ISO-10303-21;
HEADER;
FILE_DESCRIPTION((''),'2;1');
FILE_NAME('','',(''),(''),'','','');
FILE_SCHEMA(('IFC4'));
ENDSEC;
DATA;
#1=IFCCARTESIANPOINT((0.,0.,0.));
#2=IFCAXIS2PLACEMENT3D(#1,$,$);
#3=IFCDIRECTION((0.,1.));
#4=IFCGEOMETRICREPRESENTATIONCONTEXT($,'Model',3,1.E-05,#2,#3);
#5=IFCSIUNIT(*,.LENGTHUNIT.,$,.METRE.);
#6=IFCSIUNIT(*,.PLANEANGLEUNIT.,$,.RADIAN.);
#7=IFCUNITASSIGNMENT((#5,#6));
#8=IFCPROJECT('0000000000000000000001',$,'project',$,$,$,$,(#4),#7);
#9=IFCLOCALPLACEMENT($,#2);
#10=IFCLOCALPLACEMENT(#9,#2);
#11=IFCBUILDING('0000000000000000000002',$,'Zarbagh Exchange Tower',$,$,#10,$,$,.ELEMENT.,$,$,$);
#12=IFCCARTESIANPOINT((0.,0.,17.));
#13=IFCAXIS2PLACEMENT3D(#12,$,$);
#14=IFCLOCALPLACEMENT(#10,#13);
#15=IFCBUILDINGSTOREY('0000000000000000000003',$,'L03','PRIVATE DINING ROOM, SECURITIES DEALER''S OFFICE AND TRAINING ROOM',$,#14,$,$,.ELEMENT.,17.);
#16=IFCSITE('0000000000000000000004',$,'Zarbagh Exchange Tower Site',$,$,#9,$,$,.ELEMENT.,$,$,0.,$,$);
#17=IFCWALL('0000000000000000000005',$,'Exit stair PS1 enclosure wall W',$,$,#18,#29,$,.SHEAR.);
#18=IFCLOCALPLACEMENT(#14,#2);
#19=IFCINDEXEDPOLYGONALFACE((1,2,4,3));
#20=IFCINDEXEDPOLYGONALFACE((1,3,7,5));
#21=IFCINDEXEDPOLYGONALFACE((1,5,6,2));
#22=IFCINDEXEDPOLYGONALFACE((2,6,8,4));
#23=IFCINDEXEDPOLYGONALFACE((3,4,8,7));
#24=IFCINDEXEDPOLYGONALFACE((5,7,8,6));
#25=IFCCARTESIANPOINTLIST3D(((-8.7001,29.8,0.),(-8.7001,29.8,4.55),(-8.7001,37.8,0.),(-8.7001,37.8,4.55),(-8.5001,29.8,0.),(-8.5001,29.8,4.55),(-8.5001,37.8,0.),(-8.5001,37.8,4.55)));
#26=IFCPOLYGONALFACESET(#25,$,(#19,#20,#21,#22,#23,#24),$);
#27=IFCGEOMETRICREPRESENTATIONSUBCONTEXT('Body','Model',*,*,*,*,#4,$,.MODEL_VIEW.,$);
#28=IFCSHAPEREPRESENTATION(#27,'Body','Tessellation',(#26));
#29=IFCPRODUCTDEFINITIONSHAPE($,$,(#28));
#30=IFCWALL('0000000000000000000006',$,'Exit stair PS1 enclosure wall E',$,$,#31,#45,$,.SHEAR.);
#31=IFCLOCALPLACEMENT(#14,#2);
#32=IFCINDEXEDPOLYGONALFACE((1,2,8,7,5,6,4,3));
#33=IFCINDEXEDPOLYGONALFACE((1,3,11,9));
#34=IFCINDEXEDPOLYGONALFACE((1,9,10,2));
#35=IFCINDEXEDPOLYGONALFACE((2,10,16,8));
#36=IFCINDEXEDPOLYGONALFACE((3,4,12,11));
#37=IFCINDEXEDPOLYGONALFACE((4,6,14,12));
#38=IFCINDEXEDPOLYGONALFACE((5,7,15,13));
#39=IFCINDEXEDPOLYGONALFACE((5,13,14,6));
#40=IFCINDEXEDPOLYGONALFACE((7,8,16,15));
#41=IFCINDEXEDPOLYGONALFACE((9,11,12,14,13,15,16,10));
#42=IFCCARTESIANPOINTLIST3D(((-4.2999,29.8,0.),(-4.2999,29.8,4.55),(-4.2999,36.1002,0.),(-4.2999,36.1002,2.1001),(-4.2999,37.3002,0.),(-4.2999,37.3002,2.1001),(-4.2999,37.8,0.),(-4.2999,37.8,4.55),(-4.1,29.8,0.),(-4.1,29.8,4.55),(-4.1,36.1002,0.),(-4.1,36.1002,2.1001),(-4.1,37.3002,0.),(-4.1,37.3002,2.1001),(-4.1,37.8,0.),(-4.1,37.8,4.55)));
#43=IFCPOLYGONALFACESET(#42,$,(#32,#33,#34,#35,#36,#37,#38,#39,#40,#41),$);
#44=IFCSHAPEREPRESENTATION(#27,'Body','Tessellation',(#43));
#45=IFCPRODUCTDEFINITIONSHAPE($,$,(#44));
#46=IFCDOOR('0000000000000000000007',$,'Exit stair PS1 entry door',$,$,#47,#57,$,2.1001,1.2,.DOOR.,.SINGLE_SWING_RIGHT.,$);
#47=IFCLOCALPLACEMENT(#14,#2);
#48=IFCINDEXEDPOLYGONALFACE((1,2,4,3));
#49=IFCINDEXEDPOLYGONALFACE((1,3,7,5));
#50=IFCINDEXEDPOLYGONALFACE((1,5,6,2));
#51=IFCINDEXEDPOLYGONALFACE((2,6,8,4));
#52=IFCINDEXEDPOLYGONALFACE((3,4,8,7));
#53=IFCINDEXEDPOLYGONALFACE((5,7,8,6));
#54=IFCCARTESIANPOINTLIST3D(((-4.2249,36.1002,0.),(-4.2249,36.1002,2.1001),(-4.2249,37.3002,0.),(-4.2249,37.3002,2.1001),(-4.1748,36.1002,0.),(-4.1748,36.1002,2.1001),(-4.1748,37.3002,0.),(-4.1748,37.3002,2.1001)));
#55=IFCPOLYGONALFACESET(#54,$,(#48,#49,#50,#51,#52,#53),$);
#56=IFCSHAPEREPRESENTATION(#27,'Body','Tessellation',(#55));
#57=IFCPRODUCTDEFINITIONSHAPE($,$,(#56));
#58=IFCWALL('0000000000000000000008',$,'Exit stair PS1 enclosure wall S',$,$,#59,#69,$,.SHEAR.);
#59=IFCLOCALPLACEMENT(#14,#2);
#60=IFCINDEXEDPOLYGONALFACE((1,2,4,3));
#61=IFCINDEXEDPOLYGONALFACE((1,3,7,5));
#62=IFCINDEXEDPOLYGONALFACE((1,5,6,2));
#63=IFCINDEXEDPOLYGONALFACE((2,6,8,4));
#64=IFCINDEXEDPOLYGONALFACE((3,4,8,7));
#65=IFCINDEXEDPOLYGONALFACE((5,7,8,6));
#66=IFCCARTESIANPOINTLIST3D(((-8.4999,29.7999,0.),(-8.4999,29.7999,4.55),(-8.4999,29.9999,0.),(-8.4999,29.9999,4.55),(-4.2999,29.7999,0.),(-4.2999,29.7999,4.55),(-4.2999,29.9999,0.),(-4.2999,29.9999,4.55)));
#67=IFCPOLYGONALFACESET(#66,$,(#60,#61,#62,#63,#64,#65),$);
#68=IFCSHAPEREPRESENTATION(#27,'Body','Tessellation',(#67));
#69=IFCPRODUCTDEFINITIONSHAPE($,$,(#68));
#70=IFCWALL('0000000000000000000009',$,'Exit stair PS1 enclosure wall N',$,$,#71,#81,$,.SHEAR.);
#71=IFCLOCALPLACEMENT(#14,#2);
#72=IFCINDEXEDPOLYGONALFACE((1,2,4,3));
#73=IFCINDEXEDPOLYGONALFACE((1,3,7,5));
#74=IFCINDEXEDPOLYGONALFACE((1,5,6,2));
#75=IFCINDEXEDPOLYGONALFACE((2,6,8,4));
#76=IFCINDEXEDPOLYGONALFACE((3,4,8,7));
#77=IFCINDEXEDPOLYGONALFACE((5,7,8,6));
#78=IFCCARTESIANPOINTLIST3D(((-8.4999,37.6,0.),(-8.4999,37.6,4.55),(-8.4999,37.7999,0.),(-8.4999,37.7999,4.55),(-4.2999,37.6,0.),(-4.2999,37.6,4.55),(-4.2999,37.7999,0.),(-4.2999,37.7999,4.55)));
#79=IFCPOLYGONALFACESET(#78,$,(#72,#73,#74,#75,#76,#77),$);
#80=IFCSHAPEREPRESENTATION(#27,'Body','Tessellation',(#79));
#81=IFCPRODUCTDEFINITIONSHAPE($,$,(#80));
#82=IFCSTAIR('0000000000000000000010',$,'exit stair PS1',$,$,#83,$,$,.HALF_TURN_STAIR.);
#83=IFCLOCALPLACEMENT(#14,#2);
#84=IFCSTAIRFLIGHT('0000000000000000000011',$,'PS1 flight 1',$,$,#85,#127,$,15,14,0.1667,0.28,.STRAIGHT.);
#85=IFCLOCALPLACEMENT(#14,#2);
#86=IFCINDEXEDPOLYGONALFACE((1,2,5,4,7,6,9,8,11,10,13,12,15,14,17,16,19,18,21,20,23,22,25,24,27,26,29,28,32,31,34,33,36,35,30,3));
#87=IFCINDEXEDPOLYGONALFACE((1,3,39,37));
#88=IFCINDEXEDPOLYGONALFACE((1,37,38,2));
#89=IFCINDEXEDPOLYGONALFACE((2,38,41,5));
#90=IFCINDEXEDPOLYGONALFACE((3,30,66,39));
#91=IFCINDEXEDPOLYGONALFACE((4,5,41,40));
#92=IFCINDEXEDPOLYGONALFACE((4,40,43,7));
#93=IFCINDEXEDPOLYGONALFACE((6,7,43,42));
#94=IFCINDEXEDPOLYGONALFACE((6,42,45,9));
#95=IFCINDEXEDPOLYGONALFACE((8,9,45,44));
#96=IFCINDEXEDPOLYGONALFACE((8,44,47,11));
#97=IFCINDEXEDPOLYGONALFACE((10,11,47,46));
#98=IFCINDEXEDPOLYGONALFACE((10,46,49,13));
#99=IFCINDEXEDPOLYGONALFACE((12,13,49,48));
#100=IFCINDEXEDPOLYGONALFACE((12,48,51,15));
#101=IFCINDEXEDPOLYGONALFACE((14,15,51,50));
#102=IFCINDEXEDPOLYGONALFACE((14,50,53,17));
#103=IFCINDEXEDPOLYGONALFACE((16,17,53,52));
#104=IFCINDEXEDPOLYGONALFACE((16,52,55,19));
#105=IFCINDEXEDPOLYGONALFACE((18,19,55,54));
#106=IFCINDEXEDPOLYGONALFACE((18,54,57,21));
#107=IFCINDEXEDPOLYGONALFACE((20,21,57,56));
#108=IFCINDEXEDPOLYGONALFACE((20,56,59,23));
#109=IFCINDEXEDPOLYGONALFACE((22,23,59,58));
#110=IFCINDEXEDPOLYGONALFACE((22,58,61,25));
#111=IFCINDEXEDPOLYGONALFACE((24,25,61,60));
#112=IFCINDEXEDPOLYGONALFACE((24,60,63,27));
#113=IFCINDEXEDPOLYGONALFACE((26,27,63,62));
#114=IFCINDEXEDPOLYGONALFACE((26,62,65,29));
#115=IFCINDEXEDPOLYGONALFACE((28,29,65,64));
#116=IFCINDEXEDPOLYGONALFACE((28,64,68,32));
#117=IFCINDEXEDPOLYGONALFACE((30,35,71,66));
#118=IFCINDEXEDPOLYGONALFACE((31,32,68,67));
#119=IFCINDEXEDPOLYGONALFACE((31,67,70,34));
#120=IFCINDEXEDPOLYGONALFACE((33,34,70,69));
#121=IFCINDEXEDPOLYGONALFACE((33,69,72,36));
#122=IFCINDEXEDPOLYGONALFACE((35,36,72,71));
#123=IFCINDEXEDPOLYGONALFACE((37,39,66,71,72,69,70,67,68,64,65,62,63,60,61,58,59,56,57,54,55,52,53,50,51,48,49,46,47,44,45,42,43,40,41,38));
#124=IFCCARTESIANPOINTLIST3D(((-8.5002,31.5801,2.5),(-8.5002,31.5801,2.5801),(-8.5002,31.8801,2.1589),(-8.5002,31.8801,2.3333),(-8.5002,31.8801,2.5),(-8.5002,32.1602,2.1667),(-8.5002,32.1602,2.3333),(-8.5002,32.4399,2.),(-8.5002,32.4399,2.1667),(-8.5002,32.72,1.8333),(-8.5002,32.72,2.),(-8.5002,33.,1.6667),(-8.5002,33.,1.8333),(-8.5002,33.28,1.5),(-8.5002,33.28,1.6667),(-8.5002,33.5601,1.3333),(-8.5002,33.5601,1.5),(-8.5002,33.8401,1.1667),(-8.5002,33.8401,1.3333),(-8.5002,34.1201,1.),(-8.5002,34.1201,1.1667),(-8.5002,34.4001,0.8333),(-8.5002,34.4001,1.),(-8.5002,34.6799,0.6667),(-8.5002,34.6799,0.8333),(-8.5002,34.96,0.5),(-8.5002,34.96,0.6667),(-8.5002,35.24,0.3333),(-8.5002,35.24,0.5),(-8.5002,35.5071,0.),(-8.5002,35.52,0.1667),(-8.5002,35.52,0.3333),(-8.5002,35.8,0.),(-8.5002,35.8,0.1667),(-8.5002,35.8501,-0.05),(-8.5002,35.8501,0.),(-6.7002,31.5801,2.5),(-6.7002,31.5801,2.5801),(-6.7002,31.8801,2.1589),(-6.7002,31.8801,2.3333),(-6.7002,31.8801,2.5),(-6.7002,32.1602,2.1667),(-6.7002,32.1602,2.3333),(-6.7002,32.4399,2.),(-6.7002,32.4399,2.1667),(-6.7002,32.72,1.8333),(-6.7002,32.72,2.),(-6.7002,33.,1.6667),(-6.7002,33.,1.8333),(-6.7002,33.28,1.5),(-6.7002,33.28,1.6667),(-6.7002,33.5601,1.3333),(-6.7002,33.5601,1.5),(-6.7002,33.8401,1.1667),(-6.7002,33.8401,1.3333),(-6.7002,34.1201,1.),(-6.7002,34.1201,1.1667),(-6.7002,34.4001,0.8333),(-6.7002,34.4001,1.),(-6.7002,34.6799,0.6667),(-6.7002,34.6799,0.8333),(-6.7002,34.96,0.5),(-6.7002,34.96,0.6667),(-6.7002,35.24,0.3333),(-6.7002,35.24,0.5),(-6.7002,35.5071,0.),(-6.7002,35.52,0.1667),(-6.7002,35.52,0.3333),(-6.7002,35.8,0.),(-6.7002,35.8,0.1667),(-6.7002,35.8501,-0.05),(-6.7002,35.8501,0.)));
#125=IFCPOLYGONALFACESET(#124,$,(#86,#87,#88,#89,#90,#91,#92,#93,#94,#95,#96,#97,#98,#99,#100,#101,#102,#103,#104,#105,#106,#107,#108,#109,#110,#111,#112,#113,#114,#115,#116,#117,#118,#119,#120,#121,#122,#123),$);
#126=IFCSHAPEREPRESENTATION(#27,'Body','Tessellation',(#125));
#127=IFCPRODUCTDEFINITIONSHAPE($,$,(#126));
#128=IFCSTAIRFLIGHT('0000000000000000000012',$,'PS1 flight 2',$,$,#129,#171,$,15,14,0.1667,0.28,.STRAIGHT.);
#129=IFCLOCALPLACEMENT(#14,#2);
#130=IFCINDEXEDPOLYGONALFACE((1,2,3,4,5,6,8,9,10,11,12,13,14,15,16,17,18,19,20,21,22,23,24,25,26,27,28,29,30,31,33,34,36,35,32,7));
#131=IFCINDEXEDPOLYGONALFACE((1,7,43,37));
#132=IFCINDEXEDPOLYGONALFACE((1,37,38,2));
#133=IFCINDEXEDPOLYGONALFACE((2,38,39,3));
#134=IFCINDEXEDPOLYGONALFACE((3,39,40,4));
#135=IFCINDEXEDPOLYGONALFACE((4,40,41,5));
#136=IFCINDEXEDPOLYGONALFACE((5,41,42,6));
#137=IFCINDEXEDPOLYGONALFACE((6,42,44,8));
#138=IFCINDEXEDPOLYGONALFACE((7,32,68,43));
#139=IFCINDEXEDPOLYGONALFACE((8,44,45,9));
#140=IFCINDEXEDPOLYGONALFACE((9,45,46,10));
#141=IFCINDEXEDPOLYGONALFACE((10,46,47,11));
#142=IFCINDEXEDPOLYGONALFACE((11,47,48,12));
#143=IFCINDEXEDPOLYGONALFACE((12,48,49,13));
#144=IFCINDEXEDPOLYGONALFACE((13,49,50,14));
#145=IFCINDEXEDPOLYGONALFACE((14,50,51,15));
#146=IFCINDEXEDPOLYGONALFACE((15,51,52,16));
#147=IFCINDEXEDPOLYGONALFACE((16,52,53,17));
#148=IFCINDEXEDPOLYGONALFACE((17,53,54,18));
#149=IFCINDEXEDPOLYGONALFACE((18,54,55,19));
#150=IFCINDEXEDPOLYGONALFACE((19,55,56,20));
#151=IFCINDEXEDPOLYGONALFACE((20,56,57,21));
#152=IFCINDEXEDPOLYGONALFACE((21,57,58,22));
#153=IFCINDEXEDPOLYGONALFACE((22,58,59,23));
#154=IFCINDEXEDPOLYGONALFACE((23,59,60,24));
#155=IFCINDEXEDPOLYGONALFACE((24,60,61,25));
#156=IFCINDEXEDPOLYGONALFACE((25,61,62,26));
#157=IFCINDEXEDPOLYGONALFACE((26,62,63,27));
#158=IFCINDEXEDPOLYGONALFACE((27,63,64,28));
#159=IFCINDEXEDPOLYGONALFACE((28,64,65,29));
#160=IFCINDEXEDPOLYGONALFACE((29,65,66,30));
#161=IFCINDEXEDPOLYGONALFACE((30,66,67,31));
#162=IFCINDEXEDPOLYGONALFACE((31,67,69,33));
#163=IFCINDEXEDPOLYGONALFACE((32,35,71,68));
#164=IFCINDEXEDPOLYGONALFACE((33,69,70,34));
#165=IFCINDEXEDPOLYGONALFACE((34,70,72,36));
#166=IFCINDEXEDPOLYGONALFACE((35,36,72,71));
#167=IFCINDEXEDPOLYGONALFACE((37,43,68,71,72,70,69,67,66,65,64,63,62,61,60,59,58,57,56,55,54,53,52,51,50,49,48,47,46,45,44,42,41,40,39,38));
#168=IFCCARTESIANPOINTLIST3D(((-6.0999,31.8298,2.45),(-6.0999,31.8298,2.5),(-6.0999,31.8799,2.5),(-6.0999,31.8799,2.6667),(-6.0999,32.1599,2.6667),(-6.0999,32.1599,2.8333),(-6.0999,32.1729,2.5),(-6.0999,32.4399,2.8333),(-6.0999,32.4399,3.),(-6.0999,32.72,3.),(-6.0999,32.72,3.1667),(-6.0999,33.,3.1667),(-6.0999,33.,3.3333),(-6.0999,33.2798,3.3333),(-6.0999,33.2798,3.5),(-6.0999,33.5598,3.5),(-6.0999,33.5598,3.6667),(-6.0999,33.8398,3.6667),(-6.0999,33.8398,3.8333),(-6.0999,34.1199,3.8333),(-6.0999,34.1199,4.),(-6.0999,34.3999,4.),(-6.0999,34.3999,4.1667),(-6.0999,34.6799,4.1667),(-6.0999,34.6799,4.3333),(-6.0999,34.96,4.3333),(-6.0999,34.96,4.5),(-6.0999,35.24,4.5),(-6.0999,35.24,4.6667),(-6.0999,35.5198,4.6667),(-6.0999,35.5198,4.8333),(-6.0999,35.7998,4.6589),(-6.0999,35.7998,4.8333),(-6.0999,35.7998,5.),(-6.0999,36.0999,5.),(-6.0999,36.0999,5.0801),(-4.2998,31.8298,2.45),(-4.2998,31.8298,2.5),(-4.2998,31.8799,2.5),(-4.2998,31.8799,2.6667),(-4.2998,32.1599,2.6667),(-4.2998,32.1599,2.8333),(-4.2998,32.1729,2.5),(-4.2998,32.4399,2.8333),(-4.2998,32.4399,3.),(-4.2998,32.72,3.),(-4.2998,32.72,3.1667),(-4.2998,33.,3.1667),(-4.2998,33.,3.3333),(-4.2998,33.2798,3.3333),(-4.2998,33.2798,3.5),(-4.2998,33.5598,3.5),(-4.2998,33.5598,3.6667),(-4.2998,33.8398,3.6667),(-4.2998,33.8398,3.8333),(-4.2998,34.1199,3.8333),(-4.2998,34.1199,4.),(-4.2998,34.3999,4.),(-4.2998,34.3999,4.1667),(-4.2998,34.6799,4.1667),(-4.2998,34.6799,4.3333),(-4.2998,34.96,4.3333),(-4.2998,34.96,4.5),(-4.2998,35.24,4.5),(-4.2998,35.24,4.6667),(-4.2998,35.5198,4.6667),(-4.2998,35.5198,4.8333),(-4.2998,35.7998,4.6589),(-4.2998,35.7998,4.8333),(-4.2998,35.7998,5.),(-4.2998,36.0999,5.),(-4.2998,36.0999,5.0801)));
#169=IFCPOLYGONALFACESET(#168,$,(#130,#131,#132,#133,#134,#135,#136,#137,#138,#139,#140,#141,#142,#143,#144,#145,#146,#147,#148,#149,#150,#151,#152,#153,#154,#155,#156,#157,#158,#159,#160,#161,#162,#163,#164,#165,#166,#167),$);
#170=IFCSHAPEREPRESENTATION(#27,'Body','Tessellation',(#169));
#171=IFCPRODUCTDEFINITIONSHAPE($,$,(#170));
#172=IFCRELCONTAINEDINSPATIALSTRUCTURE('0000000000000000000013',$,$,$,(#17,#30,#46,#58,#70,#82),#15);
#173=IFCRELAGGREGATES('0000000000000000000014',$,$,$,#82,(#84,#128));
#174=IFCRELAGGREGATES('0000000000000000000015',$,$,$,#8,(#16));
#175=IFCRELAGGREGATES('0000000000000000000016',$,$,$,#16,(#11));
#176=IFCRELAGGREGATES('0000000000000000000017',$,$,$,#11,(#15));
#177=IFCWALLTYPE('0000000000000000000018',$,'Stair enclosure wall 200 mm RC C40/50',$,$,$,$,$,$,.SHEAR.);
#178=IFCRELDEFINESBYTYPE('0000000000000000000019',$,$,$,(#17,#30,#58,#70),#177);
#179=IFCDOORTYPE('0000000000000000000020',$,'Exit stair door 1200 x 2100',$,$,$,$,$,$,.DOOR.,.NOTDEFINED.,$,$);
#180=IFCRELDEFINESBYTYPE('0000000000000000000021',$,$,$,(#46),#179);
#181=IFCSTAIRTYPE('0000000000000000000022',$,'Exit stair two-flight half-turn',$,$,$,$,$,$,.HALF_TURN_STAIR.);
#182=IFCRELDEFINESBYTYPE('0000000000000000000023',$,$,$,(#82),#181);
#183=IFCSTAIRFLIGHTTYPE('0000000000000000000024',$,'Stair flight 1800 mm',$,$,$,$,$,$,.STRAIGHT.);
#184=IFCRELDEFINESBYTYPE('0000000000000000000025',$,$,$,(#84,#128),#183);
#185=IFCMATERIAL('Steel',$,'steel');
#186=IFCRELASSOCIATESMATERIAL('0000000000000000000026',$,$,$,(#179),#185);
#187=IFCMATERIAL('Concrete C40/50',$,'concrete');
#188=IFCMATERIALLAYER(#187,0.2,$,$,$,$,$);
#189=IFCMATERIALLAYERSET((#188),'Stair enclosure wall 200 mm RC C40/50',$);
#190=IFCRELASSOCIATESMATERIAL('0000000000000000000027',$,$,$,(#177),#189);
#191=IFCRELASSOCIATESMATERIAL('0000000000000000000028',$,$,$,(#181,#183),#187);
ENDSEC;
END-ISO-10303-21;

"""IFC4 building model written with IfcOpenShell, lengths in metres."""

from ifc_helpers import new_model, si_unit, direction, frame, frame_2d, origin, place, context, subcontext, project, spatial, polyline, rectangle, outline, extrude, material, layer, layer_set, type_object, element, fill, aggregate, save


model = new_model("IFC4")

# Units and contexts
model_context = context("Model", 3, precision=1e-05, world=origin(), true_north=direction((0.0, 1.0)))
body_context = subcontext(model_context, "Body", "Model", "MODEL_VIEW")
ifc_project = project(units=[si_unit("LENGTHUNIT", "METRE"), si_unit("PLANEANGLEUNIT", "RADIAN")], contexts=[model_context])

# Site, building, storey
site_placement = place(None, origin())
site = spatial("IfcSite", under=ifc_project, at=site_placement, Name="Zarbagh Exchange Tower Site", CompositionType="ELEMENT", RefElevation=0.0)
building_placement = place(site_placement, origin())
building = spatial("IfcBuilding", under=site, at=building_placement, Name="Zarbagh Exchange Tower", CompositionType="ELEMENT")
storey_placement = place(building_placement, frame((0.0, 0.0, 17.0)))
storey = spatial("IfcBuildingStorey", under=building, at=storey_placement, Name="L03", Description="PRIVATE DINING ROOM, SECURITIES DEALER'S OFFICE AND TRAINING ROOM", CompositionType="ELEMENT", Elevation=17.0)

# Shared definitions
ifc_material_1 = material(Name="Steel", Category="steel")
door_type_1 = type_object("IfcDoorType", Name="Exit stair door 1200 x 2100", OperationType="NOTDEFINED", PredefinedType="DOOR", material=ifc_material_1)

# Wall
ifc_material_2 = material(Name="Concrete C40/50", Category="concrete")
ifc_layer_1 = layer(ifc_material_2, 0.2)
ifc_layer_set_1 = layer_set([ifc_layer_1], Name="Stair enclosure wall 200 mm RC C40/50")
wall_type_1 = type_object("IfcWallType", Name="Stair enclosure wall 200 mm RC C40/50", PredefinedType="SHEAR", material=ifc_layer_set_1)
wall_1_placement = place(storey_placement, frame((-8.6001, 29.8, 0.0), z_axis=(0.0, 0.0, 1.0), x_axis=(0.0, 1.0, 0.0)))
element("IfcWall", 1, at=wall_1_placement, inside=storey, type_object=wall_type_1, Name="Exit stair PS1 enclosure wall W", PredefinedType="SHEAR", context=body_context, shape_type="SweptSolid", body=[
    extrude(rectangle(XDim=8.0, YDim=0.2, at=frame_2d((4.0, 0.0))), origin(), (0.0, 0.0, 1.0), 4.55),
])

# Wall, opening, door
wall_2_placement = place(storey_placement, frame((-4.2, 29.8, 0.0), z_axis=(0.0, 0.0, 1.0), x_axis=(0.0, 1.0, 0.0)))
wall_2 = element("IfcWall", 2, at=wall_2_placement, inside=storey, type_object=wall_type_1, Name="Exit stair PS1 enclosure wall E", PredefinedType="SHEAR", context=body_context, shape_type="SweptSolid", body=[
    extrude(rectangle(XDim=8.0, YDim=0.2, at=frame_2d((4.0, 0.0))), origin(), (0.0, 0.0, 1.0), 4.55),
])
opening_1_placement = place(wall_2_placement, frame((6.3, 0.0, 0.0)))
opening_1 = element("IfcOpeningElement", 3, at=opening_1_placement, cuts=wall_2, PredefinedType="OPENING", context=body_context, shape_type="SweptSolid", body=[
    extrude(rectangle(XDim=1.2, YDim=2.1001, at=frame_2d((0.6001, 1.05))), frame((0.0, 0.1099, 0.0), z_axis=(0.0, -1.0, 0.0), x_axis=(1.0, 0.0, 0.0)), (0.0, 0.0, 1.0), 0.22),
])
door_1_placement = place(opening_1_placement, origin())
door_1 = element("IfcDoor", 4, at=door_1_placement, inside=storey, type_object=door_type_1, Name="Exit stair PS1 entry door", OperationType="SINGLE_SWING_RIGHT", OverallHeight=2.1001, OverallWidth=1.2, PredefinedType="DOOR", context=body_context, shape_type="SweptSolid", body=[
    extrude(rectangle(XDim=1.2, YDim=2.1001, at=frame_2d((0.6001, 1.05))), frame((0.0, 0.0249, 0.0), z_axis=(0.0, -1.0, 0.0), x_axis=(1.0, 0.0, 0.0)), (0.0, 0.0, 1.0), 0.05),
])
fill(opening_1, door_1)

# Walls
for number, where, z_axis, x_axis, name in (
    (5, (-8.5, 29.8999, 0.0), (0.0, 0.0, 1.0), (1.0, 0.0, 0.0), "Exit stair PS1 enclosure wall S"),
    (6, (-8.5, 37.7, 0.0), (0.0, 0.0, 1.0), (1.0, 0.0, 0.0), "Exit stair PS1 enclosure wall N"),
):
    element("IfcWall", number, at=place(storey_placement, frame(where, z_axis=z_axis, x_axis=x_axis)), inside=storey, type_object=wall_type_1, Name=name, PredefinedType="SHEAR", context=body_context, shape_type="SweptSolid", body=[
        extrude(rectangle(XDim=4.2, YDim=0.2, at=frame_2d((2.1001, 0.0))), origin(), (0.0, 0.0, 1.0), 4.55),
    ])

# Stair, stair flights
stair_type = type_object("IfcStairType", Name="Exit stair two-flight half-turn", PredefinedType="HALF_TURN_STAIR", material=ifc_material_2)
stair_placement = place(storey_placement, origin())
stair = element("IfcStair", 7, at=stair_placement, inside=storey, type_object=stair_type, Name="exit stair PS1", PredefinedType="HALF_TURN_STAIR")
stair_flight_type = type_object("IfcStairFlightType", Name="Stair flight 1800 mm", PredefinedType="STRAIGHT", material=ifc_material_2)
stair_flight_1_placement = place(storey_placement, frame((-7.6001, 35.8, 0.0), z_axis=(0.0, 0.0, 1.0), x_axis=(0.0, -1.0, 0.0)))
stair_flight_1 = element("IfcStairFlight", 8, at=stair_flight_1_placement, type_object=stair_flight_type, Name="PS1 flight 1", NumberOfRisers=15, NumberOfTreads=14, PredefinedType="STRAIGHT", RiserHeight=0.1667, TreadLength=0.28, context=body_context, shape_type="SweptSolid", body=[
    extrude(outline(polyline([(-0.05, -0.05), (-0.05, 0.0), (0.0, 0.0), (0.0, 0.1667), (0.28, 0.1667), (0.28, 0.3333), (0.5601, 0.3333), (0.5601, 0.5), (0.8401, 0.5), (0.8401, 0.6667), (1.1201, 0.6667), (1.1201, 0.8333), (1.3999, 0.8333), (1.3999, 1.0), (1.6799, 1.0), (1.6799, 1.1667), (1.96, 1.1667), (1.96, 1.3333), (2.24, 1.3333), (2.24, 1.5), (2.52, 1.5), (2.52, 1.6667), (2.8, 1.6667), (2.8, 1.8333), (3.0801, 1.8333), (3.0801, 2.0), (3.3601, 2.0), (3.3601, 2.1667), (3.6399, 2.1667), (3.6399, 2.3333), (3.9199, 2.3333), (3.9199, 2.5), (4.22, 2.5801), (4.22, 2.5), (3.9199, 2.1589), (0.293, 0.0), (-0.05, -0.05)])), frame((0.0, 0.8999, 0.0), z_axis=(0.0, -1.0, 0.0), x_axis=(1.0, 0.0, 0.0)), (0.0, 0.0, 1.0), 1.8),
])
stair_flight_2_placement = place(storey_placement, frame((-5.2, 31.8799, 2.5), z_axis=(0.0, 0.0, 1.0), x_axis=(0.0, 1.0, 0.0)))
stair_flight_2 = element("IfcStairFlight", 9, at=stair_flight_2_placement, type_object=stair_flight_type, Name="PS1 flight 2", NumberOfRisers=15, NumberOfTreads=14, PredefinedType="STRAIGHT", RiserHeight=0.1667, TreadLength=0.28, context=body_context, shape_type="SweptSolid", body=[
    extrude(outline(polyline([(-0.05, -0.05), (-0.05, 0.0), (0.0, 0.0), (0.0, 0.1667), (0.28, 0.1667), (0.28, 0.3333), (0.5601, 0.3333), (0.5601, 0.5), (0.8401, 0.5), (0.8401, 0.6667), (1.1201, 0.6667), (1.1201, 0.8333), (1.3999, 0.8333), (1.3999, 1.0), (1.6799, 1.0), (1.6799, 1.1667), (1.96, 1.1667), (1.96, 1.3333), (2.24, 1.3333), (2.24, 1.5), (2.52, 1.5), (2.52, 1.6667), (2.8, 1.6667), (2.8, 1.8333), (3.0801, 1.8333), (3.0801, 2.0), (3.3601, 2.0), (3.3601, 2.1667), (3.6399, 2.1667), (3.6399, 2.3333), (3.9199, 2.3333), (3.9199, 2.5), (4.22, 2.5801), (4.22, 2.5), (3.9199, 2.1589), (0.293, 0.0), (-0.05, -0.05)])), frame((0.0, 0.8999, 0.0), z_axis=(0.0, -1.0, 0.0), x_axis=(1.0, 0.0, 0.0)), (0.0, 0.0, 1.0), 1.8),
])
aggregate(stair, [stair_flight_1, stair_flight_2])

save(model, "model.ifc")
